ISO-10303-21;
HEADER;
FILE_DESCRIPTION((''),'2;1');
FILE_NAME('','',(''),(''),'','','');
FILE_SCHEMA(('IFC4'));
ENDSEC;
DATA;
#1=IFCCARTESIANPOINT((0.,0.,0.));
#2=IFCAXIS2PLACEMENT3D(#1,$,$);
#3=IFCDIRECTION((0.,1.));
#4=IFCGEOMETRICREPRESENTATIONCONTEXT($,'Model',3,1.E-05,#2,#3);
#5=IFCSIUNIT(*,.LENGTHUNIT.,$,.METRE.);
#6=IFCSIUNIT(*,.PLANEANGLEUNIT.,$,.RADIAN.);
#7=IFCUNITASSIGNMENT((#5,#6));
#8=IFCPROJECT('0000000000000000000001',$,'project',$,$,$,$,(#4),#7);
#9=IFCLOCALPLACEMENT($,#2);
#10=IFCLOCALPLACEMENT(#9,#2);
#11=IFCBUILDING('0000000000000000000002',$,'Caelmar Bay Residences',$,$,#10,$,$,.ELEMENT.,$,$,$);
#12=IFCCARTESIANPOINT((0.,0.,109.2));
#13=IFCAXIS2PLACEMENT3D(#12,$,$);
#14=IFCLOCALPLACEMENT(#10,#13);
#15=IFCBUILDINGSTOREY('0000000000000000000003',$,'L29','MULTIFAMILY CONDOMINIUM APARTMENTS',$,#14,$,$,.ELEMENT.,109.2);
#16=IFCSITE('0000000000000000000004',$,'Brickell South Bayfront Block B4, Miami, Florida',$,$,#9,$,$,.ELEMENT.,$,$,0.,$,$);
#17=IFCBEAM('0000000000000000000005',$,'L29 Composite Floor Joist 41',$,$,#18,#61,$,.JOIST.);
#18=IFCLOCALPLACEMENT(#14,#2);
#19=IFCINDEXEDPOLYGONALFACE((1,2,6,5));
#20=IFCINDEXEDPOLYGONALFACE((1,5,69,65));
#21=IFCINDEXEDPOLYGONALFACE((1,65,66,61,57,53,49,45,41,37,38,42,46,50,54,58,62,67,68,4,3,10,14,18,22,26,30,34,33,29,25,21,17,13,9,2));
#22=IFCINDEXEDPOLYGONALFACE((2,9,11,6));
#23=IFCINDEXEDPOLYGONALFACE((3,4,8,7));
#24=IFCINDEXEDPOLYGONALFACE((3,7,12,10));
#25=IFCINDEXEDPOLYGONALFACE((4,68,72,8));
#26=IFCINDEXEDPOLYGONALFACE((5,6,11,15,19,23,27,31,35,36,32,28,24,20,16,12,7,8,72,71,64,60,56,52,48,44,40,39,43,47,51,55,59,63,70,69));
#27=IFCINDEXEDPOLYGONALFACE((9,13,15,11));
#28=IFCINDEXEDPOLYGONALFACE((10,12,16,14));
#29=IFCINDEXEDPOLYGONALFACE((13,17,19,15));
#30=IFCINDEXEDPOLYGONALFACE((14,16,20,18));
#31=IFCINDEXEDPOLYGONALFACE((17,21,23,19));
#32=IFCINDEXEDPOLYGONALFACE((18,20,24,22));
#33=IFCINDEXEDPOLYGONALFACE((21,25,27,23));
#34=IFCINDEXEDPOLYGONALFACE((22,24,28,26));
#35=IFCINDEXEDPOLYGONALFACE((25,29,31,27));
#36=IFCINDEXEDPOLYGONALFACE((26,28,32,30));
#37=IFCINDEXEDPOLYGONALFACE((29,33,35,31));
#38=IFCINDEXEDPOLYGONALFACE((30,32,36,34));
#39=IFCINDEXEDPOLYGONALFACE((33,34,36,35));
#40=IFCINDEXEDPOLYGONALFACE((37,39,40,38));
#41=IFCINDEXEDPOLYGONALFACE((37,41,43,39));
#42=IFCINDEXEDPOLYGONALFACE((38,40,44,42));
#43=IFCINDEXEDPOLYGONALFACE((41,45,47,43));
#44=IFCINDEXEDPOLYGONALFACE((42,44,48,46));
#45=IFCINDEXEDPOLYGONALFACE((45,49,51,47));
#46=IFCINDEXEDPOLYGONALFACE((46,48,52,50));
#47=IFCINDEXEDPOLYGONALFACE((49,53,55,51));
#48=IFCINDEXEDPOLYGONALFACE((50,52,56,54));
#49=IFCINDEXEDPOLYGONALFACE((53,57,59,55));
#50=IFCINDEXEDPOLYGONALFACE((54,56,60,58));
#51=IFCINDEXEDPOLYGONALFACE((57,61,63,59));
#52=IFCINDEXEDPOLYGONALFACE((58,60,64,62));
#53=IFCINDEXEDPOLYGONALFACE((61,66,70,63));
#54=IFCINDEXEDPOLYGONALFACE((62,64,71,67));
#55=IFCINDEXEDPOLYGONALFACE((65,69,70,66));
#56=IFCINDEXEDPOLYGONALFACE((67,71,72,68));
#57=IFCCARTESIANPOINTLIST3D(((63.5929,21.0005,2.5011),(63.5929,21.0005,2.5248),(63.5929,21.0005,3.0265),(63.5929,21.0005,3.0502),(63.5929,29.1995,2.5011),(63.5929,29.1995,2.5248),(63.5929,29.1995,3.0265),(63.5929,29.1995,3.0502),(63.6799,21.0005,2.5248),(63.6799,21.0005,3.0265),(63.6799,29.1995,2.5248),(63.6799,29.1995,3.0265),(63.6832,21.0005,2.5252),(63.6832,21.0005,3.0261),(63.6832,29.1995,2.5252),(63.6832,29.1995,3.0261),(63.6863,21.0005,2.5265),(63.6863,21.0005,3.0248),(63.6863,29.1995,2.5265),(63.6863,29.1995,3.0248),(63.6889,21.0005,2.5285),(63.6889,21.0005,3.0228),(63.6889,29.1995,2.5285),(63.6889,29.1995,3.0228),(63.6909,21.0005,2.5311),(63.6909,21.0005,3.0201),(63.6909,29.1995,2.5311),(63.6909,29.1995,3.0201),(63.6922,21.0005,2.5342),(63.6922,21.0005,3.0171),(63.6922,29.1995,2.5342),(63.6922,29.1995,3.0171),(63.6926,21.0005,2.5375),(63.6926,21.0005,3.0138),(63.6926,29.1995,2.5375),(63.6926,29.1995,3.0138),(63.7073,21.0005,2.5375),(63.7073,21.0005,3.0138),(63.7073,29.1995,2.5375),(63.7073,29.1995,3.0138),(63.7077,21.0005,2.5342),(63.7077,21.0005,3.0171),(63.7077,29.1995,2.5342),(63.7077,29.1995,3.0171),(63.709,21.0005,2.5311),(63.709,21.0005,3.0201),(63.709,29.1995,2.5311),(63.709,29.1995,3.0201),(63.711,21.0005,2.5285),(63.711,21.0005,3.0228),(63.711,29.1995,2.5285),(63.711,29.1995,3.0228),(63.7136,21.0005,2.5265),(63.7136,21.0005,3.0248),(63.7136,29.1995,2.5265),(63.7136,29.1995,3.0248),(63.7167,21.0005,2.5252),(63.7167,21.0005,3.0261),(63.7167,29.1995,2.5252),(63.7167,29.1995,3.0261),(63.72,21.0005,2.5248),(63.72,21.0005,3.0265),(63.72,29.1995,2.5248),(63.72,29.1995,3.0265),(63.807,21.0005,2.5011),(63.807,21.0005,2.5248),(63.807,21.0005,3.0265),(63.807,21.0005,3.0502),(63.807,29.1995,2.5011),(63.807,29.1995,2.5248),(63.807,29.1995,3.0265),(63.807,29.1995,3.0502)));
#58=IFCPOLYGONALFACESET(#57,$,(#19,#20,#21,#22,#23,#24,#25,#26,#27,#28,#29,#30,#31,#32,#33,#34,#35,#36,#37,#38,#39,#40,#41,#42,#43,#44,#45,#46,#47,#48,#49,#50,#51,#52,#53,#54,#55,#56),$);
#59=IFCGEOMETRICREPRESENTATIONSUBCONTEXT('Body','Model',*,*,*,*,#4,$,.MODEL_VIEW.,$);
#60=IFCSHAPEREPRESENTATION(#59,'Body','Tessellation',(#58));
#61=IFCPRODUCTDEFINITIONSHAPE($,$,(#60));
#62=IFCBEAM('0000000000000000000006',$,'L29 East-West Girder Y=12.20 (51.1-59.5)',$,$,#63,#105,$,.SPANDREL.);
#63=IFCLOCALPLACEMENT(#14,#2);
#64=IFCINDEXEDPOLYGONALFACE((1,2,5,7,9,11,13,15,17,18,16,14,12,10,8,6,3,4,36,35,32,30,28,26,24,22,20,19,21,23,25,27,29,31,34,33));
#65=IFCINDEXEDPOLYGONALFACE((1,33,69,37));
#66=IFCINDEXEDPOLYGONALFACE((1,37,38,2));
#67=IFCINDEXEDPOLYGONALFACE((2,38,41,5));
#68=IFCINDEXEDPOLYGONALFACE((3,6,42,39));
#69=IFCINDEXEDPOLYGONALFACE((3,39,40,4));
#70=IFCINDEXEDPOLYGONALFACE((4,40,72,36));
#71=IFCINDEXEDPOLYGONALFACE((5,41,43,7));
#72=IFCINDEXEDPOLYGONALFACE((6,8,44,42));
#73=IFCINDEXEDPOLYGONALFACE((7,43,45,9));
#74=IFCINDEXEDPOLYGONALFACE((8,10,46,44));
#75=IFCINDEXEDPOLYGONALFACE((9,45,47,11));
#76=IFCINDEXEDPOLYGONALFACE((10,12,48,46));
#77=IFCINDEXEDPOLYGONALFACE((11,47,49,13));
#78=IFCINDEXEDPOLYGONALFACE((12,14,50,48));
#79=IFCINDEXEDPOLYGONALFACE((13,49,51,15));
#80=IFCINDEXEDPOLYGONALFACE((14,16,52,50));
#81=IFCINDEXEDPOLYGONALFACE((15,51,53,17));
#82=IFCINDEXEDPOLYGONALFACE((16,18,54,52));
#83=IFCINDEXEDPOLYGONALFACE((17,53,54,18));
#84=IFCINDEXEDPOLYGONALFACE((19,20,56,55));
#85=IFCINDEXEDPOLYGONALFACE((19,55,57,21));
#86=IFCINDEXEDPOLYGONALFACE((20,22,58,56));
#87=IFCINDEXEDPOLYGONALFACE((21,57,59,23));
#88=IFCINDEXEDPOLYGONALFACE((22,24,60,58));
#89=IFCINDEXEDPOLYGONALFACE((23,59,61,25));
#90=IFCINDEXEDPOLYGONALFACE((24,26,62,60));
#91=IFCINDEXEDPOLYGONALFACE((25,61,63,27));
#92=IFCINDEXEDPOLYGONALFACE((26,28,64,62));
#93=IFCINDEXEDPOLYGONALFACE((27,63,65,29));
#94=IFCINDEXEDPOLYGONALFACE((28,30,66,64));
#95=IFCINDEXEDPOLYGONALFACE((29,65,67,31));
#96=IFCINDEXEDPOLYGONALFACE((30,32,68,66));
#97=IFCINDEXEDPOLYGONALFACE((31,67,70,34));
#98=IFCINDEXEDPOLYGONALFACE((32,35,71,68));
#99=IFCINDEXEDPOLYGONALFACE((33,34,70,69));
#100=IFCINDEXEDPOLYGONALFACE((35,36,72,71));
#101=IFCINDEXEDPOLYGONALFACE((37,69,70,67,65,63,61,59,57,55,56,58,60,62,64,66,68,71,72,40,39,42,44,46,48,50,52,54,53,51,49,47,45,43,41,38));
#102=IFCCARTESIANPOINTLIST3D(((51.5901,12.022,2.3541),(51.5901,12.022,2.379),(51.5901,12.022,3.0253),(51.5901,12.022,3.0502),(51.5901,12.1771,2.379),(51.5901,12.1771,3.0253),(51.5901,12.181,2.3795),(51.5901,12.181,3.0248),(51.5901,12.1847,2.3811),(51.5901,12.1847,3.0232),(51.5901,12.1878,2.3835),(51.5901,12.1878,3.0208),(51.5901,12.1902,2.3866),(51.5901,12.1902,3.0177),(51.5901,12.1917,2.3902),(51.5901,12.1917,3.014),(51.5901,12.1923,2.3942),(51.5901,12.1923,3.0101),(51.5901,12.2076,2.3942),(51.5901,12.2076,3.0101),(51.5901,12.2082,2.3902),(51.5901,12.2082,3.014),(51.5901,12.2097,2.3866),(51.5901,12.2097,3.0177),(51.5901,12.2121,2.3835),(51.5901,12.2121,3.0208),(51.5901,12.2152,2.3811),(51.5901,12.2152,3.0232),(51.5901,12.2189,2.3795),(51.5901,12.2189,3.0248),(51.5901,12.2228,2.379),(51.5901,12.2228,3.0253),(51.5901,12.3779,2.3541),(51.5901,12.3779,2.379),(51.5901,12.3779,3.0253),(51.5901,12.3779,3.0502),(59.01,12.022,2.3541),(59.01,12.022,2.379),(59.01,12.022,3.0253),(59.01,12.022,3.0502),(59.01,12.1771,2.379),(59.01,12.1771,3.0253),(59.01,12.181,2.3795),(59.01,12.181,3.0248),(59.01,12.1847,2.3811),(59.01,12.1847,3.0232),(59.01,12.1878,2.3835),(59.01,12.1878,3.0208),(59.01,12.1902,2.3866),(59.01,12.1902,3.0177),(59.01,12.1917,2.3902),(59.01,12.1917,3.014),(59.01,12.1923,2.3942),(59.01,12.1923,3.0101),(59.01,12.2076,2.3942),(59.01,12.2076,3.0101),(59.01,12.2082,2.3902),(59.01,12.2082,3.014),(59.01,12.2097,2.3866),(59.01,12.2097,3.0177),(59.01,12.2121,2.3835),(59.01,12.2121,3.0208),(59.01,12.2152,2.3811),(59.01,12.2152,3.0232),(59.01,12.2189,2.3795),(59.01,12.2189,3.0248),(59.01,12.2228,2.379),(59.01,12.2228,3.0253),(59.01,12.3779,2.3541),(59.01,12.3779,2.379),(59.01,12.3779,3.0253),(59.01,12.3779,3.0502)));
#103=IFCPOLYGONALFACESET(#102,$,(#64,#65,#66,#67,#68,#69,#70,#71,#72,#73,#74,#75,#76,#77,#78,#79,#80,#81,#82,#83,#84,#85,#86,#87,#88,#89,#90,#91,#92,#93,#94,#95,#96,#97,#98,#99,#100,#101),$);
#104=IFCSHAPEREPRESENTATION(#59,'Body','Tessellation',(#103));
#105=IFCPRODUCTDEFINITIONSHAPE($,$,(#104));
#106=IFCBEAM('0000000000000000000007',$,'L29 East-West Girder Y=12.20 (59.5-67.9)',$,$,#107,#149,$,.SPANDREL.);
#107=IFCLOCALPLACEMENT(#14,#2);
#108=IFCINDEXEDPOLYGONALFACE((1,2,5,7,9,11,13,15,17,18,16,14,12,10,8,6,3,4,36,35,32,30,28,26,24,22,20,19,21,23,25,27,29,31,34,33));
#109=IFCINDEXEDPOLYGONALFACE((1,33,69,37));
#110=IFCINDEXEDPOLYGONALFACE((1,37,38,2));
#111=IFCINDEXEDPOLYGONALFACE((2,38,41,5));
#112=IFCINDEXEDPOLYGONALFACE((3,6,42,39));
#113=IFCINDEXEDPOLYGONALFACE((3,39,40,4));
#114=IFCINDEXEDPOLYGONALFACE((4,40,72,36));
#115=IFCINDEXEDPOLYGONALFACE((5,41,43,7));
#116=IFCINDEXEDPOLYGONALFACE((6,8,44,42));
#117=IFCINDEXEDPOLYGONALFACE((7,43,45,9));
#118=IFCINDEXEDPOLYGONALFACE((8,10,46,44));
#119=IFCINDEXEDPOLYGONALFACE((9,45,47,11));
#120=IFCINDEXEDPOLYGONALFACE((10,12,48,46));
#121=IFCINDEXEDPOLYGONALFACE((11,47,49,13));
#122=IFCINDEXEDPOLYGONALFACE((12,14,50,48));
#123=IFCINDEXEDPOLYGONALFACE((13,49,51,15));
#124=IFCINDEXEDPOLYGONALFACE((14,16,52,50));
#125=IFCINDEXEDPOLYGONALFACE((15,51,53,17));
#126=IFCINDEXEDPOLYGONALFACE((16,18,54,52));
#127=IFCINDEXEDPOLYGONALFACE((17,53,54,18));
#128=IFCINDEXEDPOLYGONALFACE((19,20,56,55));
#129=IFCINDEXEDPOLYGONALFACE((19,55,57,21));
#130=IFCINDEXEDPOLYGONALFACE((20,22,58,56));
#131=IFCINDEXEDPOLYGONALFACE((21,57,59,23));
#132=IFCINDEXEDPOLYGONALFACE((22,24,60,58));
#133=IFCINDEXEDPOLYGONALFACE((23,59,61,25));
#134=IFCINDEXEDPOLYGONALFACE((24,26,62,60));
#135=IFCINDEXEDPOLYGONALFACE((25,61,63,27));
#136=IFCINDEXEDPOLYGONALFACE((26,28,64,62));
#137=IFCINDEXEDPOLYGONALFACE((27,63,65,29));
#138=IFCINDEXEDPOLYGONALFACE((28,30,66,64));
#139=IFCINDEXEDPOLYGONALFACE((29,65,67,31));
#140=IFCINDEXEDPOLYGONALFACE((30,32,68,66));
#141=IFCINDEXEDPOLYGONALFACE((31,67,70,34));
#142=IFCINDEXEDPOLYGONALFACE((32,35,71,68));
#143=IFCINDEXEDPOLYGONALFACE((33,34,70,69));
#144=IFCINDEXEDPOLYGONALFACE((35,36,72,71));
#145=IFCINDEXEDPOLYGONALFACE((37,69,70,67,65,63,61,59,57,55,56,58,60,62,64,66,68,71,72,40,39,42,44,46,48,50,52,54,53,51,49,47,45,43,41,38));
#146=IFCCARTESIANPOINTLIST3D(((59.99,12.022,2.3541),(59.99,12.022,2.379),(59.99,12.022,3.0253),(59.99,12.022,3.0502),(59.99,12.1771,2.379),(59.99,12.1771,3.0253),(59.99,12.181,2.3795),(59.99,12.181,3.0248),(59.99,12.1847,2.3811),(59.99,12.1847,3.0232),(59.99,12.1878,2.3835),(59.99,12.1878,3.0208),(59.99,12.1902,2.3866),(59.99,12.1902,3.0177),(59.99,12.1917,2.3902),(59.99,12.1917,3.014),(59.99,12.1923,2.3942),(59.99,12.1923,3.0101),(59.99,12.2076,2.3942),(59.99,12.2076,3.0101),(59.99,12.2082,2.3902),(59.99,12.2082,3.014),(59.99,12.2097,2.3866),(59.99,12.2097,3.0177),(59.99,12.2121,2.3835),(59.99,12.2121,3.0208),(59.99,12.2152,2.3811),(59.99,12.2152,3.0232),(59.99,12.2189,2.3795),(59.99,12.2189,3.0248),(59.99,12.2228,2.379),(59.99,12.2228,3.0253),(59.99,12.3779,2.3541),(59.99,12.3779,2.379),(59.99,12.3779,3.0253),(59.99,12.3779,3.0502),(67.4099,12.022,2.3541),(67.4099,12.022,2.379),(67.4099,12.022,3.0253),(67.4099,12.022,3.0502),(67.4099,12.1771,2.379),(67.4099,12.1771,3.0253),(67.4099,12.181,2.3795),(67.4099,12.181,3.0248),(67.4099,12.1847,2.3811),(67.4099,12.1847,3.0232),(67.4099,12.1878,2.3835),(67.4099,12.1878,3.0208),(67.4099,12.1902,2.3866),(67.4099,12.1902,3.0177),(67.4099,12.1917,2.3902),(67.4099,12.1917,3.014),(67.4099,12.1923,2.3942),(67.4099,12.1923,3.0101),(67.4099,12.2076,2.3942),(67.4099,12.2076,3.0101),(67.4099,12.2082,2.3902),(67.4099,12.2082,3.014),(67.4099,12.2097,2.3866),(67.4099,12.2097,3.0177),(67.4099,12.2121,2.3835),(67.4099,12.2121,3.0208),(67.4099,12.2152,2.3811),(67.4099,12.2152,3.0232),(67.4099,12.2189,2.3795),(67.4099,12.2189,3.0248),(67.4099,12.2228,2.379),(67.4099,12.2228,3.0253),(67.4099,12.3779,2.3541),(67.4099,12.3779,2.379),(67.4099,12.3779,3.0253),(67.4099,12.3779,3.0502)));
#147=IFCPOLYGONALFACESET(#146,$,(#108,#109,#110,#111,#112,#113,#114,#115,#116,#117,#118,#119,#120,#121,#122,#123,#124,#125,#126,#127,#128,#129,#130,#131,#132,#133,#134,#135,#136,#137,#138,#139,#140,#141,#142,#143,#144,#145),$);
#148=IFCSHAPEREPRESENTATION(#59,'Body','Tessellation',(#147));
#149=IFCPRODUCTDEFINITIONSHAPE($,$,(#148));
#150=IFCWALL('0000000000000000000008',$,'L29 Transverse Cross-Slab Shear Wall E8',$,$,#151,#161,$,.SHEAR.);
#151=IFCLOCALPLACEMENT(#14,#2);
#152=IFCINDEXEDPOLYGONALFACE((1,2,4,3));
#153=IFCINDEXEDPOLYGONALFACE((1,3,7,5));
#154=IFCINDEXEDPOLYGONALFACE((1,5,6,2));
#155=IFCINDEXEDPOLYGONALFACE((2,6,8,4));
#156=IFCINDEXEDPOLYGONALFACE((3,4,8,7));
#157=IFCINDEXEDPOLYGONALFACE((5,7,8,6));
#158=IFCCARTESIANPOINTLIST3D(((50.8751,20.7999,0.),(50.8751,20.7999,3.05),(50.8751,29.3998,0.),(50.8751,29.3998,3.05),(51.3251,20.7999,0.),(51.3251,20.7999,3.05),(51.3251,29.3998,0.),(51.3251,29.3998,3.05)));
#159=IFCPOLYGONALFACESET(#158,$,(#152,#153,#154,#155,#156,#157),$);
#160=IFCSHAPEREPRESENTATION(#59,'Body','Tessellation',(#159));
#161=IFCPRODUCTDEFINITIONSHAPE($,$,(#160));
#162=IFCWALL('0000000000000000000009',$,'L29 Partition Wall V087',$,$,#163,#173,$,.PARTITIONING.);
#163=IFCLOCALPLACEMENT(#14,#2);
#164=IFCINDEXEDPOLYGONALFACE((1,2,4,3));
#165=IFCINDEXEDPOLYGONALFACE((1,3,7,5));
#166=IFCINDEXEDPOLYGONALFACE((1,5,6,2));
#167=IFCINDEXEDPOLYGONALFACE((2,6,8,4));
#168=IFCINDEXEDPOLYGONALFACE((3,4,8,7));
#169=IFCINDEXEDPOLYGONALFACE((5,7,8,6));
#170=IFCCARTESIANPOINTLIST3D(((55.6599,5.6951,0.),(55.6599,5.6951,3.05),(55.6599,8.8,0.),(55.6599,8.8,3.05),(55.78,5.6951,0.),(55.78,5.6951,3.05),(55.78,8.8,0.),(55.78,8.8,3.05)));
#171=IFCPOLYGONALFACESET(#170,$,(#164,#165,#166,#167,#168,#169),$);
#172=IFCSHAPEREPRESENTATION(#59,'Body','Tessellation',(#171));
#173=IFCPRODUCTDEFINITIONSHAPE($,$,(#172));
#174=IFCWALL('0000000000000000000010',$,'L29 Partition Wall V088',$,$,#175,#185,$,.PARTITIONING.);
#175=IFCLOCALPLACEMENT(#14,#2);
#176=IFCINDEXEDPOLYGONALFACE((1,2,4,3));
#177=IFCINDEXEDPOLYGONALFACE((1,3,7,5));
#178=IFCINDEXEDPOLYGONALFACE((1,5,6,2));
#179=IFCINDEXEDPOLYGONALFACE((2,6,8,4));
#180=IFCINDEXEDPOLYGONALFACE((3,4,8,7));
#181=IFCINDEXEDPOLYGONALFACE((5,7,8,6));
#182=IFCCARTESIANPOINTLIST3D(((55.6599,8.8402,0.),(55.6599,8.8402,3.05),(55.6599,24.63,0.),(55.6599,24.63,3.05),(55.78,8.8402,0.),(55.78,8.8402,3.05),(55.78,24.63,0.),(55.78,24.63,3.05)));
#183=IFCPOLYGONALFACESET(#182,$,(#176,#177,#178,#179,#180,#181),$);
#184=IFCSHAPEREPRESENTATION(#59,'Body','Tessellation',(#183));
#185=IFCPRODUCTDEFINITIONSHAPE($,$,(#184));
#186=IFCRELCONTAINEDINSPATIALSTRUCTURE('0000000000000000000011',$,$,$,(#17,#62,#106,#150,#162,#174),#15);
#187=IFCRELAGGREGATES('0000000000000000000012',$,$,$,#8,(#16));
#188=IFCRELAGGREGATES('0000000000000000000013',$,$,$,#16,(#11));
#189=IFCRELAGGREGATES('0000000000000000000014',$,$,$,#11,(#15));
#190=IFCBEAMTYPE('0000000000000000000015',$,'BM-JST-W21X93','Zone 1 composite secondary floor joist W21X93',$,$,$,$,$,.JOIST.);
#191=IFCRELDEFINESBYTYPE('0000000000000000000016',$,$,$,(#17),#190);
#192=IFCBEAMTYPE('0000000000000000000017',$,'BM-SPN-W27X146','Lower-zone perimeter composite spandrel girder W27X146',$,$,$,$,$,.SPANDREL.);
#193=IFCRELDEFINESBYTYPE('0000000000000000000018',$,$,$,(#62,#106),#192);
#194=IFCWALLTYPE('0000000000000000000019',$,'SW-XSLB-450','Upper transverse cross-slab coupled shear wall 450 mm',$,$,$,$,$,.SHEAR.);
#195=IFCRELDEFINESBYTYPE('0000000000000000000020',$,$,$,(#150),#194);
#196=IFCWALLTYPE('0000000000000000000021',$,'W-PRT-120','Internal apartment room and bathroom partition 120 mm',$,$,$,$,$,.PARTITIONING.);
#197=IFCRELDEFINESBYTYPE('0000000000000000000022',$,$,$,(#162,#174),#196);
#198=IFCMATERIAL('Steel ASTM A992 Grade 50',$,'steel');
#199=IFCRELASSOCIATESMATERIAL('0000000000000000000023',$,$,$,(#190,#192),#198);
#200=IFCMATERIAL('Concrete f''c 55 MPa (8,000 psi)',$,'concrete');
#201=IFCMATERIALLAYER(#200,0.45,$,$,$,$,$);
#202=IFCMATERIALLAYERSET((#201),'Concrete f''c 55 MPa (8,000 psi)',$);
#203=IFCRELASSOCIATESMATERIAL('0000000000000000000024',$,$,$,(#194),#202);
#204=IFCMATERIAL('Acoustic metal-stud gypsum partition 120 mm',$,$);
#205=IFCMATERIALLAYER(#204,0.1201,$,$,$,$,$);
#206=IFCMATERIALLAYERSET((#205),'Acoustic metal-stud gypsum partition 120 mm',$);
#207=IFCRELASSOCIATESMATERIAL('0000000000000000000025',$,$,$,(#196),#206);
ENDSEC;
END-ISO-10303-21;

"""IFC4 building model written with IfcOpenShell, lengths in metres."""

from ifc_helpers import new_model, si_unit, direction, frame, frame_2d, origin, origin_2d, place, context, subcontext, project, spatial, rectangle, i_section, extrude, material, layer, layer_set, material_profile, profile_set, type_object, element, save


model = new_model("IFC4")

# Units and contexts
model_context = context("Model", 3, precision=1e-05, world=origin(), true_north=direction((0.0, 1.0)))
body_context = subcontext(model_context, "Body", "Model", "MODEL_VIEW")
ifc_project = project(units=[si_unit("LENGTHUNIT", "METRE"), si_unit("PLANEANGLEUNIT", "RADIAN")], contexts=[model_context])

# Site, building, storey
site_placement = place(None, origin())
site = spatial("IfcSite", under=ifc_project, at=site_placement, Name="Brickell South Bayfront Block B4, Miami, Florida", CompositionType="ELEMENT", RefElevation=0.0)
building_placement = place(site_placement, origin())
building = spatial("IfcBuilding", under=site, at=building_placement, Name="Caelmar Bay Residences", CompositionType="ELEMENT")
storey_placement = place(building_placement, frame((0.0, 0.0, 109.2)))
storey = spatial("IfcBuildingStorey", under=building, at=storey_placement, Name="L29", Description="MULTIFAMILY CONDOMINIUM APARTMENTS", CompositionType="ELEMENT", Elevation=109.2)

# Beams
ifc_material_1 = material(Name="Steel ASTM A992 Grade 50", Category="steel")
ifc_material_profile_1 = material_profile(ifc_material_1, i_section(OverallWidth=0.2141, OverallDepth=0.5491, WebThickness=0.0146, FlangeThickness=0.0237, FilletRadius=0.0127, at=origin_2d()), Name="W21X93")
ifc_profile_set_1 = profile_set([ifc_material_profile_1], Name="Steel ASTM A992 Grade 50")
beam_type_1 = type_object("IfcBeamType", Name="BM-JST-W21X93", Description="Zone 1 composite secondary floor joist W21X93", PredefinedType="JOIST", material=ifc_profile_set_1)
for number, where, z_axis, x_axis, name in (
    (1, (63.7, 21.0005, 2.7756), (0.0, 1.0, 0.0), (-1.0, 0.0, 0.0), "L29 Composite Floor Joist 41"),
):
    element("IfcBeam", number, at=place(storey_placement, frame(where, z_axis=z_axis, x_axis=x_axis)), inside=storey, type_object=beam_type_1, Name=name, PredefinedType="JOIST", context=body_context, shape_type="SweptSolid", body=[
        extrude(i_section(OverallWidth=0.2141, OverallDepth=0.5491, WebThickness=0.0146, FlangeThickness=0.0237, FilletRadius=0.0127, at=origin_2d()), origin(), (0.0, 0.0, 1.0), 8.199),
    ])
ifc_material_profile_2 = material_profile(ifc_material_1, i_section(OverallWidth=0.356, OverallDepth=0.696, WebThickness=0.0154, FlangeThickness=0.0249, FilletRadius=0.0151, at=origin_2d()), Name="W27X146")
ifc_profile_set_2 = profile_set([ifc_material_profile_2], Name="Steel ASTM A992 Grade 50")
beam_type_2 = type_object("IfcBeamType", Name="BM-SPN-W27X146", Description="Lower-zone perimeter composite spandrel girder W27X146", PredefinedType="SPANDREL", material=ifc_profile_set_2)
for number, where, z_axis, x_axis, name in (
    (2, (51.5901, 12.2, 2.7021), (1.0, 0.0, 0.0), (0.0, 1.0, 0.0), "L29 East-West Girder Y=12.20 (51.1-59.5)"),
    (3, (59.99, 12.2, 2.7021), (1.0, 0.0, 0.0), (0.0, 1.0, 0.0), "L29 East-West Girder Y=12.20 (59.5-67.9)"),
):
    element("IfcBeam", number, at=place(storey_placement, frame(where, z_axis=z_axis, x_axis=x_axis)), inside=storey, type_object=beam_type_2, Name=name, PredefinedType="SPANDREL", context=body_context, shape_type="SweptSolid", body=[
        extrude(i_section(OverallWidth=0.356, OverallDepth=0.696, WebThickness=0.0154, FlangeThickness=0.0249, FilletRadius=0.0151, at=origin_2d()), origin(), (0.0, 0.0, 1.0), 7.4199),
    ])

# Walls
ifc_material_2 = material(Name="Concrete f'c 55 MPa (8,000 psi)", Category="concrete")
ifc_layer_1 = layer(ifc_material_2, 0.45)
ifc_layer_set_1 = layer_set([ifc_layer_1], Name="Concrete f'c 55 MPa (8,000 psi)")
wall_type_1 = type_object("IfcWallType", Name="SW-XSLB-450", Description="Upper transverse cross-slab coupled shear wall 450 mm", PredefinedType="SHEAR", material=ifc_layer_set_1)
wall_1_placement = place(storey_placement, frame((51.1001, 20.8, 0.0), z_axis=(0.0, 0.0, 1.0), x_axis=(0.0, 1.0, 0.0)))
element("IfcWall", 4, at=wall_1_placement, inside=storey, type_object=wall_type_1, Name="L29 Transverse Cross-Slab Shear Wall E8", PredefinedType="SHEAR", context=body_context, shape_type="SweptSolid", body=[
    extrude(rectangle(XDim=8.5999, YDim=0.45, at=frame_2d((4.2998, 0.0))), origin(), (0.0, 0.0, 1.0), 3.05),
])
ifc_material_3 = material(Name="Acoustic metal-stud gypsum partition 120 mm")
ifc_layer_2 = layer(ifc_material_3, 0.1201)
ifc_layer_set_2 = layer_set([ifc_layer_2], Name="Acoustic metal-stud gypsum partition 120 mm")
wall_type_2 = type_object("IfcWallType", Name="W-PRT-120", Description="Internal apartment room and bathroom partition 120 mm", PredefinedType="PARTITIONING", material=ifc_layer_set_2)
wall_2_placement = place(storey_placement, frame((55.72, 5.6951, 0.0), z_axis=(0.0, 0.0, 1.0), x_axis=(0.0, 1.0, 0.0)))
element("IfcWall", 5, at=wall_2_placement, inside=storey, type_object=wall_type_2, Name="L29 Partition Wall V087", PredefinedType="PARTITIONING", context=body_context, shape_type="SweptSolid", body=[
    extrude(rectangle(XDim=3.105, YDim=0.1201, at=frame_2d((1.5525, 0.0))), origin(), (0.0, 0.0, 1.0), 3.05),
])
wall_3_placement = place(storey_placement, frame((55.72, 8.8401, 0.0), z_axis=(0.0, 0.0, 1.0), x_axis=(0.0, 1.0, 0.0)))
element("IfcWall", 6, at=wall_3_placement, inside=storey, type_object=wall_type_2, Name="L29 Partition Wall V088", PredefinedType="PARTITIONING", context=body_context, shape_type="SweptSolid", body=[
    extrude(rectangle(XDim=15.7898, YDim=0.1201, at=frame_2d((7.895, 0.0))), origin(), (0.0, 0.0, 1.0), 3.05),
])

save(model, "model.ifc")
